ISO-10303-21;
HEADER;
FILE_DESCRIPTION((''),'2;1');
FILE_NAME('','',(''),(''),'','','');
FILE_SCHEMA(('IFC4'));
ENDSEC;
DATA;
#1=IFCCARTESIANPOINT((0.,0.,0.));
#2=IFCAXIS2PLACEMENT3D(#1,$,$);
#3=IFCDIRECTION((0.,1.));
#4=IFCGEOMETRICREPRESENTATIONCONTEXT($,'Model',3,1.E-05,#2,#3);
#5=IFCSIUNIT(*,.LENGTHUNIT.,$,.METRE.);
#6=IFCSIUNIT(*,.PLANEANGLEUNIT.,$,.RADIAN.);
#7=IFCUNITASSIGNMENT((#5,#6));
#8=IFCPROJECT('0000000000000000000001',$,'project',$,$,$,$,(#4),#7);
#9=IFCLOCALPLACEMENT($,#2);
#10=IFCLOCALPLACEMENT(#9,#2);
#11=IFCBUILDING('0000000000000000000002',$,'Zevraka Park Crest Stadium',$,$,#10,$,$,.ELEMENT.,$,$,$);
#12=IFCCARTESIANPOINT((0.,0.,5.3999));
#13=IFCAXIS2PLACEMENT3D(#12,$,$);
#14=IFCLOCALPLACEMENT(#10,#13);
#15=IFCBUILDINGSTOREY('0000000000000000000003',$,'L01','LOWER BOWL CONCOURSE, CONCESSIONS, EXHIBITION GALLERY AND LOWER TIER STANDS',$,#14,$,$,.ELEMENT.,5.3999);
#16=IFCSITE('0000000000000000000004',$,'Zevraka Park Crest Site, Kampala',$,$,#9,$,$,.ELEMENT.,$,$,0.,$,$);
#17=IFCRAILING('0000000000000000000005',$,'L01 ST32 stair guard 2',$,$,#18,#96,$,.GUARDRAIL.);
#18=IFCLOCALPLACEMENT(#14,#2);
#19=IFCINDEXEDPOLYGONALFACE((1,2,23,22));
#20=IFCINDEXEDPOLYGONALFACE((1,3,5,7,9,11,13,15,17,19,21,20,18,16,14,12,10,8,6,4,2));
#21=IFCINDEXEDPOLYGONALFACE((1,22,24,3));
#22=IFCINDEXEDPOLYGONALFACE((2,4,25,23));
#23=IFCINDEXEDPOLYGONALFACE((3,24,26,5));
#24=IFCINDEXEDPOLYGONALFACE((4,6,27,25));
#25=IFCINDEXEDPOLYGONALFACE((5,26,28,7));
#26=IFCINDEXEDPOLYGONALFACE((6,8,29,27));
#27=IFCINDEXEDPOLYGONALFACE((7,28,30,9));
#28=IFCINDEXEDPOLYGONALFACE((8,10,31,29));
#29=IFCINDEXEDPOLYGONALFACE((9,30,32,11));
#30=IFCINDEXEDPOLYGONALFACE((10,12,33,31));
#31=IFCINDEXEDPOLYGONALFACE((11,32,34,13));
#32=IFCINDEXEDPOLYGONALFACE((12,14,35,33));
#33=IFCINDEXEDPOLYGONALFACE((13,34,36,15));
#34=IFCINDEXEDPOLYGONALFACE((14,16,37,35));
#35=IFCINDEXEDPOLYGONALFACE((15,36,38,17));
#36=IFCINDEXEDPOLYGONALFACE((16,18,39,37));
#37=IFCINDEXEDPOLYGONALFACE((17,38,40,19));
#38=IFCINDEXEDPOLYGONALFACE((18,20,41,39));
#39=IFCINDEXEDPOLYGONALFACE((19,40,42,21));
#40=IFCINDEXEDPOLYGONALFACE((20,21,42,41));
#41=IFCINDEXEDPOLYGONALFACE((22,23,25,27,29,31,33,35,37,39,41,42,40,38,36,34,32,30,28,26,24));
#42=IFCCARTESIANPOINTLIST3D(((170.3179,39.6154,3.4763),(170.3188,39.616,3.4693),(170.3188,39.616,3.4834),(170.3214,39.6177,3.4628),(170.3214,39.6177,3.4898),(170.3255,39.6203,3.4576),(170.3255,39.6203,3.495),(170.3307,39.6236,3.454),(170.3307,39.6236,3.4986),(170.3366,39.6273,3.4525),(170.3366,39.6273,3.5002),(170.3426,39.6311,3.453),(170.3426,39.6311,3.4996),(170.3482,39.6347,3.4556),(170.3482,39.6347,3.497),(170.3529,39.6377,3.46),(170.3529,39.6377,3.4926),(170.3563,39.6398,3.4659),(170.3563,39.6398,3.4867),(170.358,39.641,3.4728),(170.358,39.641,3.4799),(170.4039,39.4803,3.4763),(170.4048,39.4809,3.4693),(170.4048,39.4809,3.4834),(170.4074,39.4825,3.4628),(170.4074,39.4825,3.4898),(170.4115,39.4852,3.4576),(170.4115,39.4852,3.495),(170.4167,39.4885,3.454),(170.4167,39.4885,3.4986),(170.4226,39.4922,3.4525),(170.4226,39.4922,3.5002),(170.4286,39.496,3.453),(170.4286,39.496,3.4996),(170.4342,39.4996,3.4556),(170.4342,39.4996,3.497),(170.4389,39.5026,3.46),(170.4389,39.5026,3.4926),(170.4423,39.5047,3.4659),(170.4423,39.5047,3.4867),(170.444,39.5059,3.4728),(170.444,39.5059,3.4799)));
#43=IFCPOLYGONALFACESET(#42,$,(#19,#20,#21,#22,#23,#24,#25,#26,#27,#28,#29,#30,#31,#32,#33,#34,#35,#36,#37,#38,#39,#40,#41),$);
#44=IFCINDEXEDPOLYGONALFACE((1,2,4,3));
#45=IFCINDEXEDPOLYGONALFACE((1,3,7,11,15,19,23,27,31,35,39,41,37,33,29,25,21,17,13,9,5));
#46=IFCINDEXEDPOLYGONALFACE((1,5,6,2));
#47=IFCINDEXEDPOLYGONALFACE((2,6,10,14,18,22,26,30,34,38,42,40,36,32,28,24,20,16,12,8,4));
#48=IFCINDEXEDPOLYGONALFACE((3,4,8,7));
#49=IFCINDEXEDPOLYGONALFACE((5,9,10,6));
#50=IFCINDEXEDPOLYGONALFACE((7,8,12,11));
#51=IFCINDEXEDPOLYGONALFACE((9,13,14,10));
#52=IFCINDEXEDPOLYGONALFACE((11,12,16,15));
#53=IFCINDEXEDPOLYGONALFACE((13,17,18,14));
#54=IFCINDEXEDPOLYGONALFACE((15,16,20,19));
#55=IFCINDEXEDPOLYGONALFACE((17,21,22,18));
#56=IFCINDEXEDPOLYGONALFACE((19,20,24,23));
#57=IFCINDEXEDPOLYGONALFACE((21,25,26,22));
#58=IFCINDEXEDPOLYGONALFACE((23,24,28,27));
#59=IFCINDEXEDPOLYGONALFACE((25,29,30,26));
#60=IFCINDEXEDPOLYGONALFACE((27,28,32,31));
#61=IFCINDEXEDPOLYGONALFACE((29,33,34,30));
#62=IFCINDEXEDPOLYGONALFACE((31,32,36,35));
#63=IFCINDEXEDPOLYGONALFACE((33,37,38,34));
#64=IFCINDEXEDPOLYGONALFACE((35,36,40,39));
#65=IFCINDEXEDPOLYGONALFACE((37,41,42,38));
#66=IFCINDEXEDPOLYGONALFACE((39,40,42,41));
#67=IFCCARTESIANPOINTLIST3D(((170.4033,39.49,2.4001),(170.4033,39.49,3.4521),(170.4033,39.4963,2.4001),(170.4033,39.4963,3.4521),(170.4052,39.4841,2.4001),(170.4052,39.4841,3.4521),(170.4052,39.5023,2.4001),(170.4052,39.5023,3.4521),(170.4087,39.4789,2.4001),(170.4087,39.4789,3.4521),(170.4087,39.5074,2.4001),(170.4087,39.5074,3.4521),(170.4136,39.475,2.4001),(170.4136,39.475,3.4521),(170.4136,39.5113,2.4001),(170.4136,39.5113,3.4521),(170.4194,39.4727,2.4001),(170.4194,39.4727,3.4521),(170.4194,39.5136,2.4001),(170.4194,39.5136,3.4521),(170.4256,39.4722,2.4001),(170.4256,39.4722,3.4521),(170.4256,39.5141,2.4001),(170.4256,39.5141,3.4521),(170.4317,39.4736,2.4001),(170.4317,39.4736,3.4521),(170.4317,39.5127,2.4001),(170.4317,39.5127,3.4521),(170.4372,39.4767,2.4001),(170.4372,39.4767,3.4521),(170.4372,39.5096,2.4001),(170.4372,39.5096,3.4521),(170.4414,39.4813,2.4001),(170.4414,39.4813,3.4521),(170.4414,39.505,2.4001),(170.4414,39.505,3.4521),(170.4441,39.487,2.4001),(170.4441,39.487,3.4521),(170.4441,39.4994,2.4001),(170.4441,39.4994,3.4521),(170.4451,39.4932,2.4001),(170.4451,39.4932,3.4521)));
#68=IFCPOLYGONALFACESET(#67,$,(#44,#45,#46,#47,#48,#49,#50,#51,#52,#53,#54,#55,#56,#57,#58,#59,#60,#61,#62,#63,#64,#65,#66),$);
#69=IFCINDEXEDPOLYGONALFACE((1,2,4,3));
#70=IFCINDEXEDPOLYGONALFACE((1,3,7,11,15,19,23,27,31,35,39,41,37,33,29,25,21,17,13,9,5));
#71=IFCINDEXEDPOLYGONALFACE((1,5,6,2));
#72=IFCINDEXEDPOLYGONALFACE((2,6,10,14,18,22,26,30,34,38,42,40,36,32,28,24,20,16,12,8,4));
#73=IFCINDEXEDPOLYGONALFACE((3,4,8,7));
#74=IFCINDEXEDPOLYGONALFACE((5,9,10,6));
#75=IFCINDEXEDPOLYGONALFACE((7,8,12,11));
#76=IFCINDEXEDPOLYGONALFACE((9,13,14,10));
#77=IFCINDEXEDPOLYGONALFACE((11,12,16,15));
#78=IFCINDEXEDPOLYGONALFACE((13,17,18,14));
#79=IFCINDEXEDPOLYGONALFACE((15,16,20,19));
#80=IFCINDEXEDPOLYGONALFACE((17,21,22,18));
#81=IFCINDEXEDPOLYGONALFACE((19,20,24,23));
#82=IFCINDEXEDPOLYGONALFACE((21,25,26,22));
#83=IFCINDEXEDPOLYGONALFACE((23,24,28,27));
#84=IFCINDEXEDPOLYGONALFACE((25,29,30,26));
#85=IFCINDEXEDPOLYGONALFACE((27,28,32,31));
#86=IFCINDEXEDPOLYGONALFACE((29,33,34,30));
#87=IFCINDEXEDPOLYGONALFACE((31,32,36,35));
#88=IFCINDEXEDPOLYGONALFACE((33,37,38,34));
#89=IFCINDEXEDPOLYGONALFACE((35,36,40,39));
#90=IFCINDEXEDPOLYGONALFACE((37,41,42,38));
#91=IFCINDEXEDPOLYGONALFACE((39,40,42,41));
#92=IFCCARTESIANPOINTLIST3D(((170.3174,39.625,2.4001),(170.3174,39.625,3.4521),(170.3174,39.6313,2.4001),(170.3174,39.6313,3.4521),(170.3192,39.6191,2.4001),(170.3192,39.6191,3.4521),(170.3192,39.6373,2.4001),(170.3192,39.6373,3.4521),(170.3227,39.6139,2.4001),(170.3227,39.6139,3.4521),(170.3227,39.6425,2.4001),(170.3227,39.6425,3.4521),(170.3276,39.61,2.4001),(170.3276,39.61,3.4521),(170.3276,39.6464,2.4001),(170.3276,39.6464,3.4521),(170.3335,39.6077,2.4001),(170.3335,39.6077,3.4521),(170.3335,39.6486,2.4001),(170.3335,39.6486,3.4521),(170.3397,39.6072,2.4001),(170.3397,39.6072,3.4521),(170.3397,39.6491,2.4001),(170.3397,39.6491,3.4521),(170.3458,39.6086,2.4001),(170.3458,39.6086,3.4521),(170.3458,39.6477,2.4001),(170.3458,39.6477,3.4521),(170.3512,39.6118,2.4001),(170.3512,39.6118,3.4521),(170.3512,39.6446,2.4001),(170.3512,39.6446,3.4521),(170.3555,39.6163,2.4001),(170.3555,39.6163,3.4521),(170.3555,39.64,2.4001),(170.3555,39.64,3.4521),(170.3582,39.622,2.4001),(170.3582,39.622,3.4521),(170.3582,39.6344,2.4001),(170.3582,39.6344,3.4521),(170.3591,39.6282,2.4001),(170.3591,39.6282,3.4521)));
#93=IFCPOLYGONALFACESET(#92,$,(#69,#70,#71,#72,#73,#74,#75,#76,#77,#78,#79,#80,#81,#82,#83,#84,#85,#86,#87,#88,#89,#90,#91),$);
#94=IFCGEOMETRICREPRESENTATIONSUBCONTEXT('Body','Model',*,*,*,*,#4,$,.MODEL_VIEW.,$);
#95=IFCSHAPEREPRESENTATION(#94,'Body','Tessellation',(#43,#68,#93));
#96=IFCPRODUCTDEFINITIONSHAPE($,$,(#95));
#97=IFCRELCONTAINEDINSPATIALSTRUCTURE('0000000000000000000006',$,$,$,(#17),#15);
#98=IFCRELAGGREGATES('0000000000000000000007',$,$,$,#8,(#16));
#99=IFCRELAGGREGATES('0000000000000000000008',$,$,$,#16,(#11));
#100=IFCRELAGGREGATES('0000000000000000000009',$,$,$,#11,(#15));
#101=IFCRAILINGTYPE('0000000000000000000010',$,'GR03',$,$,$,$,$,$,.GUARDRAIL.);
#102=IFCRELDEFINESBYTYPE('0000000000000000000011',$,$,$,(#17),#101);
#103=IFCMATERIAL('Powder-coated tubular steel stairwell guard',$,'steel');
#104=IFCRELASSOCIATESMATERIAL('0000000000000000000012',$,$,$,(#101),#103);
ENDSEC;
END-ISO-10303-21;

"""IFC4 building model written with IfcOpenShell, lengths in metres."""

from ifc_helpers import new_model, si_unit, direction, frame, origin, origin_2d, place, context, subcontext, project, spatial, circle, extrude, material, type_object, element, save


model = new_model("IFC4")

# Units and contexts
model_context = context("Model", 3, precision=1e-05, world=origin(), true_north=direction((0.0, 1.0)))
body_context = subcontext(model_context, "Body", "Model", "MODEL_VIEW")
ifc_project = project(units=[si_unit("LENGTHUNIT", "METRE"), si_unit("PLANEANGLEUNIT", "RADIAN")], contexts=[model_context])

# Site, building, storey
site_placement = place(None, origin())
site = spatial("IfcSite", under=ifc_project, at=site_placement, Name="Zevraka Park Crest Site, Kampala", CompositionType="ELEMENT", RefElevation=0.0)
building_placement = place(site_placement, origin())
building = spatial("IfcBuilding", under=site, at=building_placement, Name="Zevraka Park Crest Stadium", CompositionType="ELEMENT")
storey_placement = place(building_placement, frame((0.0, 0.0, 5.3999)))
storey = spatial("IfcBuildingStorey", under=building, at=storey_placement, Name="L01", Description="LOWER BOWL CONCOURSE, CONCESSIONS, EXHIBITION GALLERY AND LOWER TIER STANDS", CompositionType="ELEMENT", Elevation=5.3999)

# Railing
ifc_material_1 = material(Name="Powder-coated tubular steel stairwell guard", Category="steel")
railing_type_1 = type_object("IfcRailingType", Name="GR03", PredefinedType="GUARDRAIL", material=ifc_material_1)
railing_1_placement = place(storey_placement, frame((170.4241, 39.4932, 2.4001)))
element("IfcRailing", 1, at=railing_1_placement, inside=storey, type_object=railing_type_1, Name="L01 ST32 stair guard 2", PredefinedType="GUARDRAIL", context=body_context, shape_type="SweptSolid", body=[
    extrude(circle(Radius=0.0239, at=origin_2d()), frame((0.0, 0.0, 1.0762), z_axis=(-0.536974, 0.843599, 0.0), x_axis=(-0.843599, -0.536974, 0.0)), (0.0, 0.0, 1.0), 0.1602),
    extrude(circle(Radius=0.021, at=origin_2d()), origin(), (0.0, 0.0, 1.0), 1.052),
    extrude(circle(Radius=0.021, at=origin_2d()), frame((-0.0859, 0.135, 0.0)), (0.0, 0.0, 1.0), 1.052),
])

save(model, "model.ifc")
